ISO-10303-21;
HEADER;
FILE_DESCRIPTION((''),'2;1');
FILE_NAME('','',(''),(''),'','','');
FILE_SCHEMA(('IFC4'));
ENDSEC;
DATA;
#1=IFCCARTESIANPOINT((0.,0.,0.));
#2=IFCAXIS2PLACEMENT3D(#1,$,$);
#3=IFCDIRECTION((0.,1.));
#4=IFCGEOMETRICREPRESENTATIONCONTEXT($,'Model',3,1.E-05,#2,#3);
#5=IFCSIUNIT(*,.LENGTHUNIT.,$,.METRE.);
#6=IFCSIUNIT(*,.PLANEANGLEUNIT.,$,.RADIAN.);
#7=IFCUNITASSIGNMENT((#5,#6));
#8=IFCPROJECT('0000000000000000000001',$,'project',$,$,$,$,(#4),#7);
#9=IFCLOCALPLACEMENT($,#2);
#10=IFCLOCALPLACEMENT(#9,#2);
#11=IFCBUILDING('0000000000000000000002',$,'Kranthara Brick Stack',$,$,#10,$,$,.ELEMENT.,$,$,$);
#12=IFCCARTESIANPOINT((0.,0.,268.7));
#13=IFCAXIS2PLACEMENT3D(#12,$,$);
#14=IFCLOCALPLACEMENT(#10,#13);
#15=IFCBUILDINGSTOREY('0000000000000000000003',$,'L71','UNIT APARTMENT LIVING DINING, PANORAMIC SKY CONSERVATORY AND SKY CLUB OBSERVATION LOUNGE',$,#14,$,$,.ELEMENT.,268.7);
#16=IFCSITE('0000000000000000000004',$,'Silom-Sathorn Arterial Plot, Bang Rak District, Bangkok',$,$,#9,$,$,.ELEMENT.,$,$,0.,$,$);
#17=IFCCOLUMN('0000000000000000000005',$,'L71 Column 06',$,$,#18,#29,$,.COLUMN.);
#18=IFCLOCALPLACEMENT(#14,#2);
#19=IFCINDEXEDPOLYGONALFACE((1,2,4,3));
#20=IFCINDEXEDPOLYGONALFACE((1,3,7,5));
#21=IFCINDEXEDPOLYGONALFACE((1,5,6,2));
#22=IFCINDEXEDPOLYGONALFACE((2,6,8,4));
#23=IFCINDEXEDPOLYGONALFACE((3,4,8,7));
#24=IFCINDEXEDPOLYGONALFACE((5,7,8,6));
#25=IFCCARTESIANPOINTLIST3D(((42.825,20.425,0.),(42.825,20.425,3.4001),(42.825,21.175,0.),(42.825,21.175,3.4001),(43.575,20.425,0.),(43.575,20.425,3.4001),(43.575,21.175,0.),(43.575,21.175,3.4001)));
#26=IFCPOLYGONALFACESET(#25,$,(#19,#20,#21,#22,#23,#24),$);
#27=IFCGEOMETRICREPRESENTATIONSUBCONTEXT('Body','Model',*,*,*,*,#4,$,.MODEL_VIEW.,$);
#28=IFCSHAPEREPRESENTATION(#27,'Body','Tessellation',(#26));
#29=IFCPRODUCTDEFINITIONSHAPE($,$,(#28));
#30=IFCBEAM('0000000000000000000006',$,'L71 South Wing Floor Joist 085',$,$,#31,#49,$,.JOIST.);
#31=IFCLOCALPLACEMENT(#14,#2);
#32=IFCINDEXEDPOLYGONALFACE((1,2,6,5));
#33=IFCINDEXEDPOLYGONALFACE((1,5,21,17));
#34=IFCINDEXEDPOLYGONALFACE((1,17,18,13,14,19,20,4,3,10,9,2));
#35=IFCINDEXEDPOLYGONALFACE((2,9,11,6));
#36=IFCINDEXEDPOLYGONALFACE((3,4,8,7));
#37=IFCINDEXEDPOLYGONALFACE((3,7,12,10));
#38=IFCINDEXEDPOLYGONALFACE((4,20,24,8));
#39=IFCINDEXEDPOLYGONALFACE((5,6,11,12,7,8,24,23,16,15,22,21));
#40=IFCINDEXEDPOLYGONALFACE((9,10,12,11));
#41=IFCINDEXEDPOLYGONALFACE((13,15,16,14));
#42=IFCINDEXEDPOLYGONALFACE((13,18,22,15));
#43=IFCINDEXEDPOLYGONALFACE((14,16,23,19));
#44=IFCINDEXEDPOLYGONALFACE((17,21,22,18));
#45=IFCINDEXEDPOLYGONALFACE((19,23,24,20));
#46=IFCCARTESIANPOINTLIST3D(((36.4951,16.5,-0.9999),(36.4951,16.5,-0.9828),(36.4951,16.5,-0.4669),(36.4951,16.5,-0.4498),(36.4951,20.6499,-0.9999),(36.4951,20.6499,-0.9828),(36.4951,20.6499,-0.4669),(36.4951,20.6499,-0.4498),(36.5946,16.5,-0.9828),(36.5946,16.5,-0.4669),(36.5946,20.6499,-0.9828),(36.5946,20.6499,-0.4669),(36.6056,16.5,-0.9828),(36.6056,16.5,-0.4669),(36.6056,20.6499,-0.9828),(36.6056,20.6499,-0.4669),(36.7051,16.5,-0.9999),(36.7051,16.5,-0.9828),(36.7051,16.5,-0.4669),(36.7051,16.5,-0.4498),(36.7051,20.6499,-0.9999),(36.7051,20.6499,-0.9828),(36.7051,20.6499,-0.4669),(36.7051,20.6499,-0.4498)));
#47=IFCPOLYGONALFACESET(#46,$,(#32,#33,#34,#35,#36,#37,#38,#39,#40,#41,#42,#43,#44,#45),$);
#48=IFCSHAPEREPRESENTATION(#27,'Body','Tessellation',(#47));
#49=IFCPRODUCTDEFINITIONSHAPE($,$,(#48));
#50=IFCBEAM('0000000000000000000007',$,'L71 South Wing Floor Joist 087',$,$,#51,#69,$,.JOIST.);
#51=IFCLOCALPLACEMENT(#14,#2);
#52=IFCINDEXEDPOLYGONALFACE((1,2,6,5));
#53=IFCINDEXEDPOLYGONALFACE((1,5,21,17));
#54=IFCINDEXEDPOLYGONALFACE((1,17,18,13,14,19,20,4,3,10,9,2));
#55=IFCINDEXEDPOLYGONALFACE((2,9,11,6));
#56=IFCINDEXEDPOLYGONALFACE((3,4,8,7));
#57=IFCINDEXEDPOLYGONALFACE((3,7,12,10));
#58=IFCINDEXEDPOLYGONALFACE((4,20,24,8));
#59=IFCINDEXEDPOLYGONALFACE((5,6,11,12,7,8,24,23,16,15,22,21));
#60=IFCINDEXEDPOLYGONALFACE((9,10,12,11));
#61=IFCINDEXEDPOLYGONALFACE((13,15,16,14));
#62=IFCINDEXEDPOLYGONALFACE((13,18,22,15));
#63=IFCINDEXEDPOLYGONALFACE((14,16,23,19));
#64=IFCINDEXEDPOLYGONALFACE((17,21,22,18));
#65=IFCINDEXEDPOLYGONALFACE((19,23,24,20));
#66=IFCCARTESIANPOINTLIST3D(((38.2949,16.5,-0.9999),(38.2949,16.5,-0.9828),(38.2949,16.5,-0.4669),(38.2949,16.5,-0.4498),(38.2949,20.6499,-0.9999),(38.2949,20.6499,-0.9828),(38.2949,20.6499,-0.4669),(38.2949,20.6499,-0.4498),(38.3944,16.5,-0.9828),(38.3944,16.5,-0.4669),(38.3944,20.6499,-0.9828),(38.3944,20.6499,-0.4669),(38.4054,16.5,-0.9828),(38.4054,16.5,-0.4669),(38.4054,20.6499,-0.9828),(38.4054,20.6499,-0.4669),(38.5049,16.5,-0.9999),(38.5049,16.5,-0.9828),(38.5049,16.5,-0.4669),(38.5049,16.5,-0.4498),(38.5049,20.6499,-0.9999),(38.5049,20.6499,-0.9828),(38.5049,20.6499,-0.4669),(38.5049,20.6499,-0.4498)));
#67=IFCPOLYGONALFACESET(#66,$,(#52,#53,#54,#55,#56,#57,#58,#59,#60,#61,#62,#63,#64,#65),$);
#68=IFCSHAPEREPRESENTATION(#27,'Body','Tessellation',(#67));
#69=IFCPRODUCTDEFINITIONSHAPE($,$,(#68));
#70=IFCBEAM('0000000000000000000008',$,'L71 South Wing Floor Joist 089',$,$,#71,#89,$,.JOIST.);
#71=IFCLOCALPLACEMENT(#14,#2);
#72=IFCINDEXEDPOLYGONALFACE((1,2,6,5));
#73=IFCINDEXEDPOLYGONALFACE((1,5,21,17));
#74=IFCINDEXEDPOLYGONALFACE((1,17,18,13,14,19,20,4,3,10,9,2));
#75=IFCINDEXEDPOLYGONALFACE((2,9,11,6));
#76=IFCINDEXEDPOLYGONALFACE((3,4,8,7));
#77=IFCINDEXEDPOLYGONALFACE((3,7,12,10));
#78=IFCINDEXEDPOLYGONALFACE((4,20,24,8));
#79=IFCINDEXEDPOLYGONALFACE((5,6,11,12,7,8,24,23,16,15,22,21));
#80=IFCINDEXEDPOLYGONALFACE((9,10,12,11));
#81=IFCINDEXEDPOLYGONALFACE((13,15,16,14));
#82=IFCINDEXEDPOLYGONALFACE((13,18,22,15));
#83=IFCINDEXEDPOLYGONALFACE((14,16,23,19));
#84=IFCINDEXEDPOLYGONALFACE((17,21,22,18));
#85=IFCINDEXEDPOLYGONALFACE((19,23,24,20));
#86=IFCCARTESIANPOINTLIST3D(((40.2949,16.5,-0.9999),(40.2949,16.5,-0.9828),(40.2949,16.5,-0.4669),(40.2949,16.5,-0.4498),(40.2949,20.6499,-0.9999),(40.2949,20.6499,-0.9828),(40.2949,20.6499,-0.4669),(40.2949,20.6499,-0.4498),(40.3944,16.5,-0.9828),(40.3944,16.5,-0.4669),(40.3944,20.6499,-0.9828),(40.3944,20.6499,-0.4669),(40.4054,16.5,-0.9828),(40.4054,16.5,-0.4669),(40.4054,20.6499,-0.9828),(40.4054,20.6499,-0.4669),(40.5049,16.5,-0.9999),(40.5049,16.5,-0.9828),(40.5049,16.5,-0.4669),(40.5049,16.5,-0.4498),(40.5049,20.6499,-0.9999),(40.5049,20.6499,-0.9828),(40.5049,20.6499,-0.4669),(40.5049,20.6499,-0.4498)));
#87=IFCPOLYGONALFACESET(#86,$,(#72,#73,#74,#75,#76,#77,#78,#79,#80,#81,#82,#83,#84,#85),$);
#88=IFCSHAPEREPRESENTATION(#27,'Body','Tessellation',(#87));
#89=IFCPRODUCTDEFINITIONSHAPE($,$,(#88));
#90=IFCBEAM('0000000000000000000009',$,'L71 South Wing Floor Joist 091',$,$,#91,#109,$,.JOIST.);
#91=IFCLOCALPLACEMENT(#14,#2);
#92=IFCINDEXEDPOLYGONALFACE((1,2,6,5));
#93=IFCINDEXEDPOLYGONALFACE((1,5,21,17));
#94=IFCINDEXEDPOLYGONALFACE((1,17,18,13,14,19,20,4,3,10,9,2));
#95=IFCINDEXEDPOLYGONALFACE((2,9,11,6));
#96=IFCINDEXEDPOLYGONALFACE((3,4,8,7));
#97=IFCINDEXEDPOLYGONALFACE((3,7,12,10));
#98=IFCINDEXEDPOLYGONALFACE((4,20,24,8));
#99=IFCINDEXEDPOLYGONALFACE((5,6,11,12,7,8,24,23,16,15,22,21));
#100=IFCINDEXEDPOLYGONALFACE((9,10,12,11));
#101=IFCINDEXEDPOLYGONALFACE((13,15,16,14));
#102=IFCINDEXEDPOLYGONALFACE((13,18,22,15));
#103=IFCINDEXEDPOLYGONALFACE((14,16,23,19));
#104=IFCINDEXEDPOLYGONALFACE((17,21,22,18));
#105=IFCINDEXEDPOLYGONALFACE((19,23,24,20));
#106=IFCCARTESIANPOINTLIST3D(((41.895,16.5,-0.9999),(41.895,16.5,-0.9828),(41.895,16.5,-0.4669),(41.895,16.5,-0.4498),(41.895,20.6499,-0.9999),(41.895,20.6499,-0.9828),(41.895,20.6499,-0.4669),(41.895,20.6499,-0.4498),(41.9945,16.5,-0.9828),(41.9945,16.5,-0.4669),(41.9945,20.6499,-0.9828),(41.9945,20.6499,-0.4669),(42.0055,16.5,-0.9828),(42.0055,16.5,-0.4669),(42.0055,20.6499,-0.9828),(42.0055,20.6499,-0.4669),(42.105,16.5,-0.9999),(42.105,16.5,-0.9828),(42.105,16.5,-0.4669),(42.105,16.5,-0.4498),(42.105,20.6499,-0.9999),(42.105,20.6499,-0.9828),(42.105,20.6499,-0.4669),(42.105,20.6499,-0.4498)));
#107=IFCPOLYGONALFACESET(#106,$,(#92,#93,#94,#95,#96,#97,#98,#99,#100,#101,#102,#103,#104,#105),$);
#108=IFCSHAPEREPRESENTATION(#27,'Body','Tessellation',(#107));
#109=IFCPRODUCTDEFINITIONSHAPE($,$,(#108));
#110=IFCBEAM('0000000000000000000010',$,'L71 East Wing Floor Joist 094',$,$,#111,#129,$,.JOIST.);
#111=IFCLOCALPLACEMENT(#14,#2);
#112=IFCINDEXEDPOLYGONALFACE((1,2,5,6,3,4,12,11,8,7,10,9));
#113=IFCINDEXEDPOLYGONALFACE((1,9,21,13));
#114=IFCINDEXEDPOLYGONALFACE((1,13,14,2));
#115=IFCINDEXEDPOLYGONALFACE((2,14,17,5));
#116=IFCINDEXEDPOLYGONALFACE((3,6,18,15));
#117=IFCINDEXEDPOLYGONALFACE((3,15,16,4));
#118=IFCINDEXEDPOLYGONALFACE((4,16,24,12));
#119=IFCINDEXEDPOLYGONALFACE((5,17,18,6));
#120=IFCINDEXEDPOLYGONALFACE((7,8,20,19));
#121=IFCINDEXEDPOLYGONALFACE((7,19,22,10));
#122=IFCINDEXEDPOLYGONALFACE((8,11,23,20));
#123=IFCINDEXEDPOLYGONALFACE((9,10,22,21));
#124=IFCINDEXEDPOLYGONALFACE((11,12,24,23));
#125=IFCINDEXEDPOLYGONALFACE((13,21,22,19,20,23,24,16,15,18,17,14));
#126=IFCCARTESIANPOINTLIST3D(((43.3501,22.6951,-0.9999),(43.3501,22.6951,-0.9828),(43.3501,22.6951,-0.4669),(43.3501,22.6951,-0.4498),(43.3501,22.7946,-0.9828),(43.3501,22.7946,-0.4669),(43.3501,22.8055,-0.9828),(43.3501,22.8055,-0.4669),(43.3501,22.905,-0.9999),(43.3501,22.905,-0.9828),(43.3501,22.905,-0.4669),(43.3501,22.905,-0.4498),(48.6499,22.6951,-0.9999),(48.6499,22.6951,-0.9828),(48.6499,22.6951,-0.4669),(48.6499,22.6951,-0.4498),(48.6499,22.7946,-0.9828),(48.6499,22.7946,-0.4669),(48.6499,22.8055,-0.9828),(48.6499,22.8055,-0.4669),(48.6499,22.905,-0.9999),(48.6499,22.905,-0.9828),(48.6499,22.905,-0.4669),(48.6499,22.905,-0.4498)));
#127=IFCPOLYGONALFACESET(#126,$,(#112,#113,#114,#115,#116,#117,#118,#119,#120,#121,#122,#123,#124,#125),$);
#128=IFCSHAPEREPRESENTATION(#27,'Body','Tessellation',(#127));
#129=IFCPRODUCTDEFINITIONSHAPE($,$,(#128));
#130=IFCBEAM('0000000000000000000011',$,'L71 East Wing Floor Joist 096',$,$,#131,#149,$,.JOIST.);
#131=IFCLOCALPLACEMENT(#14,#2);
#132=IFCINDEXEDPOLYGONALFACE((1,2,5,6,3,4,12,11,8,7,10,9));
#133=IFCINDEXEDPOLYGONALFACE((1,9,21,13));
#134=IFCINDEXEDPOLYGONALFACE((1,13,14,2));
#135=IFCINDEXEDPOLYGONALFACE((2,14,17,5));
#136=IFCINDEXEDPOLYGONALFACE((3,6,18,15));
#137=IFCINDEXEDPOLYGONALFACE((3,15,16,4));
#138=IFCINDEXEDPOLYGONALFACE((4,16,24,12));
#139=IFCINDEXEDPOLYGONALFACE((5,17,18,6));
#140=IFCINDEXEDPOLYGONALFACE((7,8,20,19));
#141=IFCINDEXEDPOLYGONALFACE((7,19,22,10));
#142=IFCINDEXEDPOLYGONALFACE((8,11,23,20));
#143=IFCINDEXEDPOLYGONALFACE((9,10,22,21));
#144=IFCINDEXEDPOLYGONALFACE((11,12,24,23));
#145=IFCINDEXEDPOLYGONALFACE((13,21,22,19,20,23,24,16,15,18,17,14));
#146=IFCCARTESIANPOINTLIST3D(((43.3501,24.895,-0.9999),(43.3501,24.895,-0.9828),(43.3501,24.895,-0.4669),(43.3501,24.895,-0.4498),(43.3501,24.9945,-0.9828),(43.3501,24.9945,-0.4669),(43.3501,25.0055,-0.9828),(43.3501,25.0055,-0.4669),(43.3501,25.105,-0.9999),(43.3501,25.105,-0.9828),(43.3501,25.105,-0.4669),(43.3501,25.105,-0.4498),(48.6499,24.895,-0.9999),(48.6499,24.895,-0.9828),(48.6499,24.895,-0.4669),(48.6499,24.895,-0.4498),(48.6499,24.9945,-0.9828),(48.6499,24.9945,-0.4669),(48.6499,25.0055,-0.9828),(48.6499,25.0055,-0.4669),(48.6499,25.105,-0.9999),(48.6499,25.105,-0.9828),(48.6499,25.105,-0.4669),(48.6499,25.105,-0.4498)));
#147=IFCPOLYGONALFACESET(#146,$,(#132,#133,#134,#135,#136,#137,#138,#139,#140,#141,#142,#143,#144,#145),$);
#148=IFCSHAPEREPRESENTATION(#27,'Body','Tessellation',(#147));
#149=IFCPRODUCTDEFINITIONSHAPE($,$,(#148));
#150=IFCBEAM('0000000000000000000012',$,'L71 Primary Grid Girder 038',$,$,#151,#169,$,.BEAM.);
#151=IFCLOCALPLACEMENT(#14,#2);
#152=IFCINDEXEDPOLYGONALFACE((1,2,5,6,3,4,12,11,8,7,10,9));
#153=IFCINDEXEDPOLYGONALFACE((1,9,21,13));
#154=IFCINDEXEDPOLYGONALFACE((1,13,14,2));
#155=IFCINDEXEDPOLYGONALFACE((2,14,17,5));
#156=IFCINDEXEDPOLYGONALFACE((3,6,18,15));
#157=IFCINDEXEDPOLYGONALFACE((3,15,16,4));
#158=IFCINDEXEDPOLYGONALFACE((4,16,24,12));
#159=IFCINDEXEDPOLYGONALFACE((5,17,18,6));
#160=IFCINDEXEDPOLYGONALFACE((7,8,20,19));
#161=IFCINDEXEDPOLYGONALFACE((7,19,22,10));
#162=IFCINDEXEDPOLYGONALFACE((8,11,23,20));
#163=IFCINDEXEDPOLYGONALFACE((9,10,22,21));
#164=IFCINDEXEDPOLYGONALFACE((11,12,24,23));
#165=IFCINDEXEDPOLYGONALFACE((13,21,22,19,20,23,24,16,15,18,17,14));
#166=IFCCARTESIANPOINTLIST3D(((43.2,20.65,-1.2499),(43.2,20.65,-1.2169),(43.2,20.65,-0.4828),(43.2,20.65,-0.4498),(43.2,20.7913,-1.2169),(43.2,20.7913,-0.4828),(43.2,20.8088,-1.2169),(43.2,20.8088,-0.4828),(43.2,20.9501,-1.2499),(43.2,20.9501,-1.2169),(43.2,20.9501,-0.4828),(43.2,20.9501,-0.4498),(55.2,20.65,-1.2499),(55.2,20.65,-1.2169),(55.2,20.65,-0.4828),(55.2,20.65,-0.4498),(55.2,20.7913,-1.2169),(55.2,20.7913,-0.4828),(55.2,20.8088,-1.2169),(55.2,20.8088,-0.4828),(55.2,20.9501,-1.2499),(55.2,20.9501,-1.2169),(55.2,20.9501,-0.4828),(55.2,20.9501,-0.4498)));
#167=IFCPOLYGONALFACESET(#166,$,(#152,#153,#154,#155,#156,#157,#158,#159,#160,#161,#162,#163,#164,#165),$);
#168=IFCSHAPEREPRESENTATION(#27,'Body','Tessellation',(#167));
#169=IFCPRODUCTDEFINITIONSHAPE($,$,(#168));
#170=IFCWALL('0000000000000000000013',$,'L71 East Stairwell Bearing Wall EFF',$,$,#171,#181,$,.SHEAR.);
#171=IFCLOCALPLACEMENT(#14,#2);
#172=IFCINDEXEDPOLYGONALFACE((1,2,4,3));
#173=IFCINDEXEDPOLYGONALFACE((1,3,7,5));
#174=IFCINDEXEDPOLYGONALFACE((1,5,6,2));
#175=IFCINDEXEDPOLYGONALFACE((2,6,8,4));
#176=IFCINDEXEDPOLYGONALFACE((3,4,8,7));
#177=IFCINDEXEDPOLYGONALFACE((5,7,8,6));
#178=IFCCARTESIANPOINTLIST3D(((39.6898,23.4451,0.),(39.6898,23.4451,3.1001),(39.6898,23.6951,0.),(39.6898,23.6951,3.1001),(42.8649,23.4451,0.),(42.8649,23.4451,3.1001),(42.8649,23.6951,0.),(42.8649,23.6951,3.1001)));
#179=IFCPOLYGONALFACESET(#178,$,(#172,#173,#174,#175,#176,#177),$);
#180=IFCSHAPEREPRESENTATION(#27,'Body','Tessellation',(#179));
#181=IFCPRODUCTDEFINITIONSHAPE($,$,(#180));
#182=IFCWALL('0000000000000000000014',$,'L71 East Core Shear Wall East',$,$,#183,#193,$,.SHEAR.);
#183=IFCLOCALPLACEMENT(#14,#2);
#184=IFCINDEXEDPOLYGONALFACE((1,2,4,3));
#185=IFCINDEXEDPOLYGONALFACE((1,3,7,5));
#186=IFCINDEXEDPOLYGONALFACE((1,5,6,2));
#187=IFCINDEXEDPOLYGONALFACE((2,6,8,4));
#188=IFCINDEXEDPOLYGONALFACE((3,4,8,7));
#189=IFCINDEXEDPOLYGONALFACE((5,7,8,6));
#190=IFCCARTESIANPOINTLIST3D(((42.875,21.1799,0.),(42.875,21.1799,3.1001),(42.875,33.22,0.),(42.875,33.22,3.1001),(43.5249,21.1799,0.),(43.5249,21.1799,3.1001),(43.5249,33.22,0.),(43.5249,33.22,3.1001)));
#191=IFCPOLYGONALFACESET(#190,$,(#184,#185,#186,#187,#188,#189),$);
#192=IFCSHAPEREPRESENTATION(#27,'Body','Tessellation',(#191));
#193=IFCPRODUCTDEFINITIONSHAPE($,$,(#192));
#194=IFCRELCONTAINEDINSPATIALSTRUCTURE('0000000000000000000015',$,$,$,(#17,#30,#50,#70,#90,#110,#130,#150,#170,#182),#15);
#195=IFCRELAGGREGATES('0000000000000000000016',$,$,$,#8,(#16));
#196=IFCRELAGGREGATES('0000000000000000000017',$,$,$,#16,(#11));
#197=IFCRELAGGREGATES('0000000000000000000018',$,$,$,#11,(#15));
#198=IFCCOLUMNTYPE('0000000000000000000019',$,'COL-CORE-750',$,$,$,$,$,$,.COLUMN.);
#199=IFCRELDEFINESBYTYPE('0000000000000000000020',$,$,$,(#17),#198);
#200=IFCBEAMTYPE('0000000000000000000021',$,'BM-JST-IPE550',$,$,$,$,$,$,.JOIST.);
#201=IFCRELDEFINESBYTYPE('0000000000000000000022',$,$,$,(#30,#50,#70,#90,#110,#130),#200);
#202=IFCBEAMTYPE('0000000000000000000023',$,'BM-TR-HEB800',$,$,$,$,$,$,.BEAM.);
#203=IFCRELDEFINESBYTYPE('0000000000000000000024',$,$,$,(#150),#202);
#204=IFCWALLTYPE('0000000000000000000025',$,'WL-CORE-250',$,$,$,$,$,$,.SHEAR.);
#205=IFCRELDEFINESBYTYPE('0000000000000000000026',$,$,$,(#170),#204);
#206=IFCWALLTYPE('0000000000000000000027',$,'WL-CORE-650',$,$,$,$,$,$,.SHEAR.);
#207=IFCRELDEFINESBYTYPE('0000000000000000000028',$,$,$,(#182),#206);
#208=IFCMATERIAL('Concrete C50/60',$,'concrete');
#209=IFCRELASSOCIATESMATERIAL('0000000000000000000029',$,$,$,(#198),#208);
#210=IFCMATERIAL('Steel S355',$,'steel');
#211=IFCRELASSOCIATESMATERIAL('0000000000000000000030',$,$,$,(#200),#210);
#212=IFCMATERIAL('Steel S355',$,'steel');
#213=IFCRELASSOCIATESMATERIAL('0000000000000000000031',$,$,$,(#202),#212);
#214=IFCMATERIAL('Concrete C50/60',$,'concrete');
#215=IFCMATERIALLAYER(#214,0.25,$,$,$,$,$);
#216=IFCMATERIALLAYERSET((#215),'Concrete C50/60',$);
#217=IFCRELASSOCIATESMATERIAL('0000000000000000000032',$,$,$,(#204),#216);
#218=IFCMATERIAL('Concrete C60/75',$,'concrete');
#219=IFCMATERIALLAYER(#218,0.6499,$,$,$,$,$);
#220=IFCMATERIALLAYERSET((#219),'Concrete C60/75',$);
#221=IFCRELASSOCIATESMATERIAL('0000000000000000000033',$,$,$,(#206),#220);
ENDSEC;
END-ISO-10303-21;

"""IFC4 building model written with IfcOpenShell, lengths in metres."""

from ifc_helpers import new_model, si_unit, direction, frame, frame_2d, origin, origin_2d, place, context, subcontext, project, spatial, rectangle, i_section, extrude, material, layer, layer_set, material_profile, profile_set, type_object, element, save


model = new_model("IFC4")

# Units and contexts
model_context = context("Model", 3, precision=1e-05, world=origin(), true_north=direction((0.0, 1.0)))
body_context = subcontext(model_context, "Body", "Model", "MODEL_VIEW")
ifc_project = project(units=[si_unit("LENGTHUNIT", "METRE"), si_unit("PLANEANGLEUNIT", "RADIAN")], contexts=[model_context])

# Site, building, storey
site_placement = place(None, origin())
site = spatial("IfcSite", under=ifc_project, at=site_placement, Name="Silom-Sathorn Arterial Plot, Bang Rak District, Bangkok", CompositionType="ELEMENT", RefElevation=0.0)
building_placement = place(site_placement, origin())
building = spatial("IfcBuilding", under=site, at=building_placement, Name="Kranthara Brick Stack", CompositionType="ELEMENT")
storey_placement = place(building_placement, frame((0.0, 0.0, 268.7)))
storey = spatial("IfcBuildingStorey", under=building, at=storey_placement, Name="L71", Description="UNIT APARTMENT LIVING DINING, PANORAMIC SKY CONSERVATORY AND SKY CLUB OBSERVATION LOUNGE", CompositionType="ELEMENT", Elevation=268.7)

# Column
ifc_material_1 = material(Name="Concrete C50/60", Category="concrete")
ifc_material_profile_1 = material_profile(ifc_material_1, rectangle(XDim=0.75, YDim=0.75, at=origin_2d()), Name="RC 750x750")
ifc_profile_set_1 = profile_set([ifc_material_profile_1], Name="Concrete C50/60")
column_type = type_object("IfcColumnType", Name="COL-CORE-750", PredefinedType="COLUMN", material=ifc_profile_set_1)
column_placement = place(storey_placement, frame((43.2, 20.8, 0.0), z_axis=(0.0, 0.0, 1.0), x_axis=(1.0, 0.0, 0.0)))
element("IfcColumn", 1, at=column_placement, inside=storey, type_object=column_type, Name="L71 Column 06", PredefinedType="COLUMN", context=body_context, shape_type="SweptSolid", body=[
    extrude(rectangle(XDim=0.75, YDim=0.75, at=origin_2d()), origin(), (0.0, 0.0, 1.0), 3.4001),
])

# Beams
ifc_material_2 = material(Name="Steel S355", Category="steel")
ifc_material_profile_2 = material_profile(ifc_material_2, i_section(OverallWidth=0.21, OverallDepth=0.55, WebThickness=0.011, FlangeThickness=0.0171, at=origin_2d()), Name="IPE 550")
ifc_profile_set_2 = profile_set([ifc_material_profile_2], Name="Steel S355")
beam_type_1 = type_object("IfcBeamType", Name="BM-JST-IPE550", PredefinedType="JOIST", material=ifc_profile_set_2)
for number, where, z_axis, x_axis, name in (
    (2, (36.6001, 16.5, -0.7249), (0.0, 1.0, 0.0), (-1.0, 0.0, 0.0), "L71 South Wing Floor Joist 085"),
    (3, (38.3999, 16.5, -0.7249), (0.0, 1.0, 0.0), (-1.0, 0.0, 0.0), "L71 South Wing Floor Joist 087"),
    (4, (40.3999, 16.5, -0.7249), (0.0, 1.0, 0.0), (-1.0, 0.0, 0.0), "L71 South Wing Floor Joist 089"),
    (5, (42.0, 16.5, -0.7249), (0.0, 1.0, 0.0), (-1.0, 0.0, 0.0), "L71 South Wing Floor Joist 091"),
):
    element("IfcBeam", number, at=place(storey_placement, frame(where, z_axis=z_axis, x_axis=x_axis)), inside=storey, type_object=beam_type_1, Name=name, PredefinedType="JOIST", context=body_context, shape_type="SweptSolid", body=[
        extrude(i_section(OverallWidth=0.21, OverallDepth=0.55, WebThickness=0.011, FlangeThickness=0.0171, at=origin_2d()), origin(), (0.0, 0.0, 1.0), 4.1499),
    ])
for number, where, z_axis, x_axis, name in (
    (6, (43.3501, 22.8, -0.7249), (1.0, 0.0, 0.0), (0.0, 1.0, 0.0), "L71 East Wing Floor Joist 094"),
    (7, (43.3501, 25.0, -0.7249), (1.0, 0.0, 0.0), (0.0, 1.0, 0.0), "L71 East Wing Floor Joist 096"),
):
    element("IfcBeam", number, at=place(storey_placement, frame(where, z_axis=z_axis, x_axis=x_axis)), inside=storey, type_object=beam_type_1, Name=name, PredefinedType="JOIST", context=body_context, shape_type="SweptSolid", body=[
        extrude(i_section(OverallWidth=0.21, OverallDepth=0.55, WebThickness=0.011, FlangeThickness=0.0171, at=origin_2d()), origin(), (0.0, 0.0, 1.0), 5.2998),
    ])
ifc_material_3 = material(Name="Steel S355", Category="steel")
ifc_material_profile_3 = material_profile(ifc_material_3, i_section(OverallWidth=0.3, OverallDepth=0.8, WebThickness=0.0176, FlangeThickness=0.033, at=origin_2d()), Name="HEB 800")
ifc_profile_set_3 = profile_set([ifc_material_profile_3], Name="Steel S355")
beam_type_2 = type_object("IfcBeamType", Name="BM-TR-HEB800", PredefinedType="BEAM", material=ifc_profile_set_3)
beam_placement = place(storey_placement, frame((43.2, 20.8, -0.8499), z_axis=(1.0, 0.0, 0.0), x_axis=(0.0, 1.0, 0.0)))
element("IfcBeam", 8, at=beam_placement, inside=storey, type_object=beam_type_2, Name="L71 Primary Grid Girder 038", PredefinedType="BEAM", context=body_context, shape_type="SweptSolid", body=[
    extrude(i_section(OverallWidth=0.3, OverallDepth=0.8, WebThickness=0.0176, FlangeThickness=0.033, at=origin_2d()), origin(), (0.0, 0.0, 1.0), 12.0),
])

# Shared definitions
ifc_material_4 = material(Name="Concrete C50/60", Category="concrete")
ifc_layer_1 = layer(ifc_material_4, 0.25)
ifc_layer_set_1 = layer_set([ifc_layer_1], Name="Concrete C50/60")
wall_type_1 = type_object("IfcWallType", Name="WL-CORE-250", PredefinedType="SHEAR", material=ifc_layer_set_1)

# Walls
wall_1_placement = place(storey_placement, frame((39.6899, 23.5701, 0.0), z_axis=(0.0, 0.0, 1.0), x_axis=(1.0, 0.0, 0.0)))
element("IfcWall", 9, at=wall_1_placement, inside=storey, type_object=wall_type_1, Name="L71 East Stairwell Bearing Wall EFF", PredefinedType="SHEAR", context=body_context, shape_type="SweptSolid", body=[
    extrude(rectangle(XDim=3.175, YDim=0.25, at=frame_2d((1.5874, 0.0))), origin(), (0.0, 0.0, 1.0), 3.1001),
])
ifc_material_5 = material(Name="Concrete C60/75", Category="concrete")
ifc_layer_2 = layer(ifc_material_5, 0.6499)
ifc_layer_set_2 = layer_set([ifc_layer_2], Name="Concrete C60/75")
wall_type_2 = type_object("IfcWallType", Name="WL-CORE-650", PredefinedType="SHEAR", material=ifc_layer_set_2)
wall_2_placement = place(storey_placement, frame((43.2, 21.1799, 0.0), z_axis=(0.0, 0.0, 1.0), x_axis=(0.0, 1.0, 0.0)))
element("IfcWall", 10, at=wall_2_placement, inside=storey, type_object=wall_type_2, Name="L71 East Core Shear Wall East", PredefinedType="SHEAR", context=body_context, shape_type="SweptSolid", body=[
    extrude(rectangle(XDim=12.04, YDim=0.6499, at=frame_2d((6.02, 0.0))), origin(), (0.0, 0.0, 1.0), 3.1001),
])

save(model, "model.ifc")
